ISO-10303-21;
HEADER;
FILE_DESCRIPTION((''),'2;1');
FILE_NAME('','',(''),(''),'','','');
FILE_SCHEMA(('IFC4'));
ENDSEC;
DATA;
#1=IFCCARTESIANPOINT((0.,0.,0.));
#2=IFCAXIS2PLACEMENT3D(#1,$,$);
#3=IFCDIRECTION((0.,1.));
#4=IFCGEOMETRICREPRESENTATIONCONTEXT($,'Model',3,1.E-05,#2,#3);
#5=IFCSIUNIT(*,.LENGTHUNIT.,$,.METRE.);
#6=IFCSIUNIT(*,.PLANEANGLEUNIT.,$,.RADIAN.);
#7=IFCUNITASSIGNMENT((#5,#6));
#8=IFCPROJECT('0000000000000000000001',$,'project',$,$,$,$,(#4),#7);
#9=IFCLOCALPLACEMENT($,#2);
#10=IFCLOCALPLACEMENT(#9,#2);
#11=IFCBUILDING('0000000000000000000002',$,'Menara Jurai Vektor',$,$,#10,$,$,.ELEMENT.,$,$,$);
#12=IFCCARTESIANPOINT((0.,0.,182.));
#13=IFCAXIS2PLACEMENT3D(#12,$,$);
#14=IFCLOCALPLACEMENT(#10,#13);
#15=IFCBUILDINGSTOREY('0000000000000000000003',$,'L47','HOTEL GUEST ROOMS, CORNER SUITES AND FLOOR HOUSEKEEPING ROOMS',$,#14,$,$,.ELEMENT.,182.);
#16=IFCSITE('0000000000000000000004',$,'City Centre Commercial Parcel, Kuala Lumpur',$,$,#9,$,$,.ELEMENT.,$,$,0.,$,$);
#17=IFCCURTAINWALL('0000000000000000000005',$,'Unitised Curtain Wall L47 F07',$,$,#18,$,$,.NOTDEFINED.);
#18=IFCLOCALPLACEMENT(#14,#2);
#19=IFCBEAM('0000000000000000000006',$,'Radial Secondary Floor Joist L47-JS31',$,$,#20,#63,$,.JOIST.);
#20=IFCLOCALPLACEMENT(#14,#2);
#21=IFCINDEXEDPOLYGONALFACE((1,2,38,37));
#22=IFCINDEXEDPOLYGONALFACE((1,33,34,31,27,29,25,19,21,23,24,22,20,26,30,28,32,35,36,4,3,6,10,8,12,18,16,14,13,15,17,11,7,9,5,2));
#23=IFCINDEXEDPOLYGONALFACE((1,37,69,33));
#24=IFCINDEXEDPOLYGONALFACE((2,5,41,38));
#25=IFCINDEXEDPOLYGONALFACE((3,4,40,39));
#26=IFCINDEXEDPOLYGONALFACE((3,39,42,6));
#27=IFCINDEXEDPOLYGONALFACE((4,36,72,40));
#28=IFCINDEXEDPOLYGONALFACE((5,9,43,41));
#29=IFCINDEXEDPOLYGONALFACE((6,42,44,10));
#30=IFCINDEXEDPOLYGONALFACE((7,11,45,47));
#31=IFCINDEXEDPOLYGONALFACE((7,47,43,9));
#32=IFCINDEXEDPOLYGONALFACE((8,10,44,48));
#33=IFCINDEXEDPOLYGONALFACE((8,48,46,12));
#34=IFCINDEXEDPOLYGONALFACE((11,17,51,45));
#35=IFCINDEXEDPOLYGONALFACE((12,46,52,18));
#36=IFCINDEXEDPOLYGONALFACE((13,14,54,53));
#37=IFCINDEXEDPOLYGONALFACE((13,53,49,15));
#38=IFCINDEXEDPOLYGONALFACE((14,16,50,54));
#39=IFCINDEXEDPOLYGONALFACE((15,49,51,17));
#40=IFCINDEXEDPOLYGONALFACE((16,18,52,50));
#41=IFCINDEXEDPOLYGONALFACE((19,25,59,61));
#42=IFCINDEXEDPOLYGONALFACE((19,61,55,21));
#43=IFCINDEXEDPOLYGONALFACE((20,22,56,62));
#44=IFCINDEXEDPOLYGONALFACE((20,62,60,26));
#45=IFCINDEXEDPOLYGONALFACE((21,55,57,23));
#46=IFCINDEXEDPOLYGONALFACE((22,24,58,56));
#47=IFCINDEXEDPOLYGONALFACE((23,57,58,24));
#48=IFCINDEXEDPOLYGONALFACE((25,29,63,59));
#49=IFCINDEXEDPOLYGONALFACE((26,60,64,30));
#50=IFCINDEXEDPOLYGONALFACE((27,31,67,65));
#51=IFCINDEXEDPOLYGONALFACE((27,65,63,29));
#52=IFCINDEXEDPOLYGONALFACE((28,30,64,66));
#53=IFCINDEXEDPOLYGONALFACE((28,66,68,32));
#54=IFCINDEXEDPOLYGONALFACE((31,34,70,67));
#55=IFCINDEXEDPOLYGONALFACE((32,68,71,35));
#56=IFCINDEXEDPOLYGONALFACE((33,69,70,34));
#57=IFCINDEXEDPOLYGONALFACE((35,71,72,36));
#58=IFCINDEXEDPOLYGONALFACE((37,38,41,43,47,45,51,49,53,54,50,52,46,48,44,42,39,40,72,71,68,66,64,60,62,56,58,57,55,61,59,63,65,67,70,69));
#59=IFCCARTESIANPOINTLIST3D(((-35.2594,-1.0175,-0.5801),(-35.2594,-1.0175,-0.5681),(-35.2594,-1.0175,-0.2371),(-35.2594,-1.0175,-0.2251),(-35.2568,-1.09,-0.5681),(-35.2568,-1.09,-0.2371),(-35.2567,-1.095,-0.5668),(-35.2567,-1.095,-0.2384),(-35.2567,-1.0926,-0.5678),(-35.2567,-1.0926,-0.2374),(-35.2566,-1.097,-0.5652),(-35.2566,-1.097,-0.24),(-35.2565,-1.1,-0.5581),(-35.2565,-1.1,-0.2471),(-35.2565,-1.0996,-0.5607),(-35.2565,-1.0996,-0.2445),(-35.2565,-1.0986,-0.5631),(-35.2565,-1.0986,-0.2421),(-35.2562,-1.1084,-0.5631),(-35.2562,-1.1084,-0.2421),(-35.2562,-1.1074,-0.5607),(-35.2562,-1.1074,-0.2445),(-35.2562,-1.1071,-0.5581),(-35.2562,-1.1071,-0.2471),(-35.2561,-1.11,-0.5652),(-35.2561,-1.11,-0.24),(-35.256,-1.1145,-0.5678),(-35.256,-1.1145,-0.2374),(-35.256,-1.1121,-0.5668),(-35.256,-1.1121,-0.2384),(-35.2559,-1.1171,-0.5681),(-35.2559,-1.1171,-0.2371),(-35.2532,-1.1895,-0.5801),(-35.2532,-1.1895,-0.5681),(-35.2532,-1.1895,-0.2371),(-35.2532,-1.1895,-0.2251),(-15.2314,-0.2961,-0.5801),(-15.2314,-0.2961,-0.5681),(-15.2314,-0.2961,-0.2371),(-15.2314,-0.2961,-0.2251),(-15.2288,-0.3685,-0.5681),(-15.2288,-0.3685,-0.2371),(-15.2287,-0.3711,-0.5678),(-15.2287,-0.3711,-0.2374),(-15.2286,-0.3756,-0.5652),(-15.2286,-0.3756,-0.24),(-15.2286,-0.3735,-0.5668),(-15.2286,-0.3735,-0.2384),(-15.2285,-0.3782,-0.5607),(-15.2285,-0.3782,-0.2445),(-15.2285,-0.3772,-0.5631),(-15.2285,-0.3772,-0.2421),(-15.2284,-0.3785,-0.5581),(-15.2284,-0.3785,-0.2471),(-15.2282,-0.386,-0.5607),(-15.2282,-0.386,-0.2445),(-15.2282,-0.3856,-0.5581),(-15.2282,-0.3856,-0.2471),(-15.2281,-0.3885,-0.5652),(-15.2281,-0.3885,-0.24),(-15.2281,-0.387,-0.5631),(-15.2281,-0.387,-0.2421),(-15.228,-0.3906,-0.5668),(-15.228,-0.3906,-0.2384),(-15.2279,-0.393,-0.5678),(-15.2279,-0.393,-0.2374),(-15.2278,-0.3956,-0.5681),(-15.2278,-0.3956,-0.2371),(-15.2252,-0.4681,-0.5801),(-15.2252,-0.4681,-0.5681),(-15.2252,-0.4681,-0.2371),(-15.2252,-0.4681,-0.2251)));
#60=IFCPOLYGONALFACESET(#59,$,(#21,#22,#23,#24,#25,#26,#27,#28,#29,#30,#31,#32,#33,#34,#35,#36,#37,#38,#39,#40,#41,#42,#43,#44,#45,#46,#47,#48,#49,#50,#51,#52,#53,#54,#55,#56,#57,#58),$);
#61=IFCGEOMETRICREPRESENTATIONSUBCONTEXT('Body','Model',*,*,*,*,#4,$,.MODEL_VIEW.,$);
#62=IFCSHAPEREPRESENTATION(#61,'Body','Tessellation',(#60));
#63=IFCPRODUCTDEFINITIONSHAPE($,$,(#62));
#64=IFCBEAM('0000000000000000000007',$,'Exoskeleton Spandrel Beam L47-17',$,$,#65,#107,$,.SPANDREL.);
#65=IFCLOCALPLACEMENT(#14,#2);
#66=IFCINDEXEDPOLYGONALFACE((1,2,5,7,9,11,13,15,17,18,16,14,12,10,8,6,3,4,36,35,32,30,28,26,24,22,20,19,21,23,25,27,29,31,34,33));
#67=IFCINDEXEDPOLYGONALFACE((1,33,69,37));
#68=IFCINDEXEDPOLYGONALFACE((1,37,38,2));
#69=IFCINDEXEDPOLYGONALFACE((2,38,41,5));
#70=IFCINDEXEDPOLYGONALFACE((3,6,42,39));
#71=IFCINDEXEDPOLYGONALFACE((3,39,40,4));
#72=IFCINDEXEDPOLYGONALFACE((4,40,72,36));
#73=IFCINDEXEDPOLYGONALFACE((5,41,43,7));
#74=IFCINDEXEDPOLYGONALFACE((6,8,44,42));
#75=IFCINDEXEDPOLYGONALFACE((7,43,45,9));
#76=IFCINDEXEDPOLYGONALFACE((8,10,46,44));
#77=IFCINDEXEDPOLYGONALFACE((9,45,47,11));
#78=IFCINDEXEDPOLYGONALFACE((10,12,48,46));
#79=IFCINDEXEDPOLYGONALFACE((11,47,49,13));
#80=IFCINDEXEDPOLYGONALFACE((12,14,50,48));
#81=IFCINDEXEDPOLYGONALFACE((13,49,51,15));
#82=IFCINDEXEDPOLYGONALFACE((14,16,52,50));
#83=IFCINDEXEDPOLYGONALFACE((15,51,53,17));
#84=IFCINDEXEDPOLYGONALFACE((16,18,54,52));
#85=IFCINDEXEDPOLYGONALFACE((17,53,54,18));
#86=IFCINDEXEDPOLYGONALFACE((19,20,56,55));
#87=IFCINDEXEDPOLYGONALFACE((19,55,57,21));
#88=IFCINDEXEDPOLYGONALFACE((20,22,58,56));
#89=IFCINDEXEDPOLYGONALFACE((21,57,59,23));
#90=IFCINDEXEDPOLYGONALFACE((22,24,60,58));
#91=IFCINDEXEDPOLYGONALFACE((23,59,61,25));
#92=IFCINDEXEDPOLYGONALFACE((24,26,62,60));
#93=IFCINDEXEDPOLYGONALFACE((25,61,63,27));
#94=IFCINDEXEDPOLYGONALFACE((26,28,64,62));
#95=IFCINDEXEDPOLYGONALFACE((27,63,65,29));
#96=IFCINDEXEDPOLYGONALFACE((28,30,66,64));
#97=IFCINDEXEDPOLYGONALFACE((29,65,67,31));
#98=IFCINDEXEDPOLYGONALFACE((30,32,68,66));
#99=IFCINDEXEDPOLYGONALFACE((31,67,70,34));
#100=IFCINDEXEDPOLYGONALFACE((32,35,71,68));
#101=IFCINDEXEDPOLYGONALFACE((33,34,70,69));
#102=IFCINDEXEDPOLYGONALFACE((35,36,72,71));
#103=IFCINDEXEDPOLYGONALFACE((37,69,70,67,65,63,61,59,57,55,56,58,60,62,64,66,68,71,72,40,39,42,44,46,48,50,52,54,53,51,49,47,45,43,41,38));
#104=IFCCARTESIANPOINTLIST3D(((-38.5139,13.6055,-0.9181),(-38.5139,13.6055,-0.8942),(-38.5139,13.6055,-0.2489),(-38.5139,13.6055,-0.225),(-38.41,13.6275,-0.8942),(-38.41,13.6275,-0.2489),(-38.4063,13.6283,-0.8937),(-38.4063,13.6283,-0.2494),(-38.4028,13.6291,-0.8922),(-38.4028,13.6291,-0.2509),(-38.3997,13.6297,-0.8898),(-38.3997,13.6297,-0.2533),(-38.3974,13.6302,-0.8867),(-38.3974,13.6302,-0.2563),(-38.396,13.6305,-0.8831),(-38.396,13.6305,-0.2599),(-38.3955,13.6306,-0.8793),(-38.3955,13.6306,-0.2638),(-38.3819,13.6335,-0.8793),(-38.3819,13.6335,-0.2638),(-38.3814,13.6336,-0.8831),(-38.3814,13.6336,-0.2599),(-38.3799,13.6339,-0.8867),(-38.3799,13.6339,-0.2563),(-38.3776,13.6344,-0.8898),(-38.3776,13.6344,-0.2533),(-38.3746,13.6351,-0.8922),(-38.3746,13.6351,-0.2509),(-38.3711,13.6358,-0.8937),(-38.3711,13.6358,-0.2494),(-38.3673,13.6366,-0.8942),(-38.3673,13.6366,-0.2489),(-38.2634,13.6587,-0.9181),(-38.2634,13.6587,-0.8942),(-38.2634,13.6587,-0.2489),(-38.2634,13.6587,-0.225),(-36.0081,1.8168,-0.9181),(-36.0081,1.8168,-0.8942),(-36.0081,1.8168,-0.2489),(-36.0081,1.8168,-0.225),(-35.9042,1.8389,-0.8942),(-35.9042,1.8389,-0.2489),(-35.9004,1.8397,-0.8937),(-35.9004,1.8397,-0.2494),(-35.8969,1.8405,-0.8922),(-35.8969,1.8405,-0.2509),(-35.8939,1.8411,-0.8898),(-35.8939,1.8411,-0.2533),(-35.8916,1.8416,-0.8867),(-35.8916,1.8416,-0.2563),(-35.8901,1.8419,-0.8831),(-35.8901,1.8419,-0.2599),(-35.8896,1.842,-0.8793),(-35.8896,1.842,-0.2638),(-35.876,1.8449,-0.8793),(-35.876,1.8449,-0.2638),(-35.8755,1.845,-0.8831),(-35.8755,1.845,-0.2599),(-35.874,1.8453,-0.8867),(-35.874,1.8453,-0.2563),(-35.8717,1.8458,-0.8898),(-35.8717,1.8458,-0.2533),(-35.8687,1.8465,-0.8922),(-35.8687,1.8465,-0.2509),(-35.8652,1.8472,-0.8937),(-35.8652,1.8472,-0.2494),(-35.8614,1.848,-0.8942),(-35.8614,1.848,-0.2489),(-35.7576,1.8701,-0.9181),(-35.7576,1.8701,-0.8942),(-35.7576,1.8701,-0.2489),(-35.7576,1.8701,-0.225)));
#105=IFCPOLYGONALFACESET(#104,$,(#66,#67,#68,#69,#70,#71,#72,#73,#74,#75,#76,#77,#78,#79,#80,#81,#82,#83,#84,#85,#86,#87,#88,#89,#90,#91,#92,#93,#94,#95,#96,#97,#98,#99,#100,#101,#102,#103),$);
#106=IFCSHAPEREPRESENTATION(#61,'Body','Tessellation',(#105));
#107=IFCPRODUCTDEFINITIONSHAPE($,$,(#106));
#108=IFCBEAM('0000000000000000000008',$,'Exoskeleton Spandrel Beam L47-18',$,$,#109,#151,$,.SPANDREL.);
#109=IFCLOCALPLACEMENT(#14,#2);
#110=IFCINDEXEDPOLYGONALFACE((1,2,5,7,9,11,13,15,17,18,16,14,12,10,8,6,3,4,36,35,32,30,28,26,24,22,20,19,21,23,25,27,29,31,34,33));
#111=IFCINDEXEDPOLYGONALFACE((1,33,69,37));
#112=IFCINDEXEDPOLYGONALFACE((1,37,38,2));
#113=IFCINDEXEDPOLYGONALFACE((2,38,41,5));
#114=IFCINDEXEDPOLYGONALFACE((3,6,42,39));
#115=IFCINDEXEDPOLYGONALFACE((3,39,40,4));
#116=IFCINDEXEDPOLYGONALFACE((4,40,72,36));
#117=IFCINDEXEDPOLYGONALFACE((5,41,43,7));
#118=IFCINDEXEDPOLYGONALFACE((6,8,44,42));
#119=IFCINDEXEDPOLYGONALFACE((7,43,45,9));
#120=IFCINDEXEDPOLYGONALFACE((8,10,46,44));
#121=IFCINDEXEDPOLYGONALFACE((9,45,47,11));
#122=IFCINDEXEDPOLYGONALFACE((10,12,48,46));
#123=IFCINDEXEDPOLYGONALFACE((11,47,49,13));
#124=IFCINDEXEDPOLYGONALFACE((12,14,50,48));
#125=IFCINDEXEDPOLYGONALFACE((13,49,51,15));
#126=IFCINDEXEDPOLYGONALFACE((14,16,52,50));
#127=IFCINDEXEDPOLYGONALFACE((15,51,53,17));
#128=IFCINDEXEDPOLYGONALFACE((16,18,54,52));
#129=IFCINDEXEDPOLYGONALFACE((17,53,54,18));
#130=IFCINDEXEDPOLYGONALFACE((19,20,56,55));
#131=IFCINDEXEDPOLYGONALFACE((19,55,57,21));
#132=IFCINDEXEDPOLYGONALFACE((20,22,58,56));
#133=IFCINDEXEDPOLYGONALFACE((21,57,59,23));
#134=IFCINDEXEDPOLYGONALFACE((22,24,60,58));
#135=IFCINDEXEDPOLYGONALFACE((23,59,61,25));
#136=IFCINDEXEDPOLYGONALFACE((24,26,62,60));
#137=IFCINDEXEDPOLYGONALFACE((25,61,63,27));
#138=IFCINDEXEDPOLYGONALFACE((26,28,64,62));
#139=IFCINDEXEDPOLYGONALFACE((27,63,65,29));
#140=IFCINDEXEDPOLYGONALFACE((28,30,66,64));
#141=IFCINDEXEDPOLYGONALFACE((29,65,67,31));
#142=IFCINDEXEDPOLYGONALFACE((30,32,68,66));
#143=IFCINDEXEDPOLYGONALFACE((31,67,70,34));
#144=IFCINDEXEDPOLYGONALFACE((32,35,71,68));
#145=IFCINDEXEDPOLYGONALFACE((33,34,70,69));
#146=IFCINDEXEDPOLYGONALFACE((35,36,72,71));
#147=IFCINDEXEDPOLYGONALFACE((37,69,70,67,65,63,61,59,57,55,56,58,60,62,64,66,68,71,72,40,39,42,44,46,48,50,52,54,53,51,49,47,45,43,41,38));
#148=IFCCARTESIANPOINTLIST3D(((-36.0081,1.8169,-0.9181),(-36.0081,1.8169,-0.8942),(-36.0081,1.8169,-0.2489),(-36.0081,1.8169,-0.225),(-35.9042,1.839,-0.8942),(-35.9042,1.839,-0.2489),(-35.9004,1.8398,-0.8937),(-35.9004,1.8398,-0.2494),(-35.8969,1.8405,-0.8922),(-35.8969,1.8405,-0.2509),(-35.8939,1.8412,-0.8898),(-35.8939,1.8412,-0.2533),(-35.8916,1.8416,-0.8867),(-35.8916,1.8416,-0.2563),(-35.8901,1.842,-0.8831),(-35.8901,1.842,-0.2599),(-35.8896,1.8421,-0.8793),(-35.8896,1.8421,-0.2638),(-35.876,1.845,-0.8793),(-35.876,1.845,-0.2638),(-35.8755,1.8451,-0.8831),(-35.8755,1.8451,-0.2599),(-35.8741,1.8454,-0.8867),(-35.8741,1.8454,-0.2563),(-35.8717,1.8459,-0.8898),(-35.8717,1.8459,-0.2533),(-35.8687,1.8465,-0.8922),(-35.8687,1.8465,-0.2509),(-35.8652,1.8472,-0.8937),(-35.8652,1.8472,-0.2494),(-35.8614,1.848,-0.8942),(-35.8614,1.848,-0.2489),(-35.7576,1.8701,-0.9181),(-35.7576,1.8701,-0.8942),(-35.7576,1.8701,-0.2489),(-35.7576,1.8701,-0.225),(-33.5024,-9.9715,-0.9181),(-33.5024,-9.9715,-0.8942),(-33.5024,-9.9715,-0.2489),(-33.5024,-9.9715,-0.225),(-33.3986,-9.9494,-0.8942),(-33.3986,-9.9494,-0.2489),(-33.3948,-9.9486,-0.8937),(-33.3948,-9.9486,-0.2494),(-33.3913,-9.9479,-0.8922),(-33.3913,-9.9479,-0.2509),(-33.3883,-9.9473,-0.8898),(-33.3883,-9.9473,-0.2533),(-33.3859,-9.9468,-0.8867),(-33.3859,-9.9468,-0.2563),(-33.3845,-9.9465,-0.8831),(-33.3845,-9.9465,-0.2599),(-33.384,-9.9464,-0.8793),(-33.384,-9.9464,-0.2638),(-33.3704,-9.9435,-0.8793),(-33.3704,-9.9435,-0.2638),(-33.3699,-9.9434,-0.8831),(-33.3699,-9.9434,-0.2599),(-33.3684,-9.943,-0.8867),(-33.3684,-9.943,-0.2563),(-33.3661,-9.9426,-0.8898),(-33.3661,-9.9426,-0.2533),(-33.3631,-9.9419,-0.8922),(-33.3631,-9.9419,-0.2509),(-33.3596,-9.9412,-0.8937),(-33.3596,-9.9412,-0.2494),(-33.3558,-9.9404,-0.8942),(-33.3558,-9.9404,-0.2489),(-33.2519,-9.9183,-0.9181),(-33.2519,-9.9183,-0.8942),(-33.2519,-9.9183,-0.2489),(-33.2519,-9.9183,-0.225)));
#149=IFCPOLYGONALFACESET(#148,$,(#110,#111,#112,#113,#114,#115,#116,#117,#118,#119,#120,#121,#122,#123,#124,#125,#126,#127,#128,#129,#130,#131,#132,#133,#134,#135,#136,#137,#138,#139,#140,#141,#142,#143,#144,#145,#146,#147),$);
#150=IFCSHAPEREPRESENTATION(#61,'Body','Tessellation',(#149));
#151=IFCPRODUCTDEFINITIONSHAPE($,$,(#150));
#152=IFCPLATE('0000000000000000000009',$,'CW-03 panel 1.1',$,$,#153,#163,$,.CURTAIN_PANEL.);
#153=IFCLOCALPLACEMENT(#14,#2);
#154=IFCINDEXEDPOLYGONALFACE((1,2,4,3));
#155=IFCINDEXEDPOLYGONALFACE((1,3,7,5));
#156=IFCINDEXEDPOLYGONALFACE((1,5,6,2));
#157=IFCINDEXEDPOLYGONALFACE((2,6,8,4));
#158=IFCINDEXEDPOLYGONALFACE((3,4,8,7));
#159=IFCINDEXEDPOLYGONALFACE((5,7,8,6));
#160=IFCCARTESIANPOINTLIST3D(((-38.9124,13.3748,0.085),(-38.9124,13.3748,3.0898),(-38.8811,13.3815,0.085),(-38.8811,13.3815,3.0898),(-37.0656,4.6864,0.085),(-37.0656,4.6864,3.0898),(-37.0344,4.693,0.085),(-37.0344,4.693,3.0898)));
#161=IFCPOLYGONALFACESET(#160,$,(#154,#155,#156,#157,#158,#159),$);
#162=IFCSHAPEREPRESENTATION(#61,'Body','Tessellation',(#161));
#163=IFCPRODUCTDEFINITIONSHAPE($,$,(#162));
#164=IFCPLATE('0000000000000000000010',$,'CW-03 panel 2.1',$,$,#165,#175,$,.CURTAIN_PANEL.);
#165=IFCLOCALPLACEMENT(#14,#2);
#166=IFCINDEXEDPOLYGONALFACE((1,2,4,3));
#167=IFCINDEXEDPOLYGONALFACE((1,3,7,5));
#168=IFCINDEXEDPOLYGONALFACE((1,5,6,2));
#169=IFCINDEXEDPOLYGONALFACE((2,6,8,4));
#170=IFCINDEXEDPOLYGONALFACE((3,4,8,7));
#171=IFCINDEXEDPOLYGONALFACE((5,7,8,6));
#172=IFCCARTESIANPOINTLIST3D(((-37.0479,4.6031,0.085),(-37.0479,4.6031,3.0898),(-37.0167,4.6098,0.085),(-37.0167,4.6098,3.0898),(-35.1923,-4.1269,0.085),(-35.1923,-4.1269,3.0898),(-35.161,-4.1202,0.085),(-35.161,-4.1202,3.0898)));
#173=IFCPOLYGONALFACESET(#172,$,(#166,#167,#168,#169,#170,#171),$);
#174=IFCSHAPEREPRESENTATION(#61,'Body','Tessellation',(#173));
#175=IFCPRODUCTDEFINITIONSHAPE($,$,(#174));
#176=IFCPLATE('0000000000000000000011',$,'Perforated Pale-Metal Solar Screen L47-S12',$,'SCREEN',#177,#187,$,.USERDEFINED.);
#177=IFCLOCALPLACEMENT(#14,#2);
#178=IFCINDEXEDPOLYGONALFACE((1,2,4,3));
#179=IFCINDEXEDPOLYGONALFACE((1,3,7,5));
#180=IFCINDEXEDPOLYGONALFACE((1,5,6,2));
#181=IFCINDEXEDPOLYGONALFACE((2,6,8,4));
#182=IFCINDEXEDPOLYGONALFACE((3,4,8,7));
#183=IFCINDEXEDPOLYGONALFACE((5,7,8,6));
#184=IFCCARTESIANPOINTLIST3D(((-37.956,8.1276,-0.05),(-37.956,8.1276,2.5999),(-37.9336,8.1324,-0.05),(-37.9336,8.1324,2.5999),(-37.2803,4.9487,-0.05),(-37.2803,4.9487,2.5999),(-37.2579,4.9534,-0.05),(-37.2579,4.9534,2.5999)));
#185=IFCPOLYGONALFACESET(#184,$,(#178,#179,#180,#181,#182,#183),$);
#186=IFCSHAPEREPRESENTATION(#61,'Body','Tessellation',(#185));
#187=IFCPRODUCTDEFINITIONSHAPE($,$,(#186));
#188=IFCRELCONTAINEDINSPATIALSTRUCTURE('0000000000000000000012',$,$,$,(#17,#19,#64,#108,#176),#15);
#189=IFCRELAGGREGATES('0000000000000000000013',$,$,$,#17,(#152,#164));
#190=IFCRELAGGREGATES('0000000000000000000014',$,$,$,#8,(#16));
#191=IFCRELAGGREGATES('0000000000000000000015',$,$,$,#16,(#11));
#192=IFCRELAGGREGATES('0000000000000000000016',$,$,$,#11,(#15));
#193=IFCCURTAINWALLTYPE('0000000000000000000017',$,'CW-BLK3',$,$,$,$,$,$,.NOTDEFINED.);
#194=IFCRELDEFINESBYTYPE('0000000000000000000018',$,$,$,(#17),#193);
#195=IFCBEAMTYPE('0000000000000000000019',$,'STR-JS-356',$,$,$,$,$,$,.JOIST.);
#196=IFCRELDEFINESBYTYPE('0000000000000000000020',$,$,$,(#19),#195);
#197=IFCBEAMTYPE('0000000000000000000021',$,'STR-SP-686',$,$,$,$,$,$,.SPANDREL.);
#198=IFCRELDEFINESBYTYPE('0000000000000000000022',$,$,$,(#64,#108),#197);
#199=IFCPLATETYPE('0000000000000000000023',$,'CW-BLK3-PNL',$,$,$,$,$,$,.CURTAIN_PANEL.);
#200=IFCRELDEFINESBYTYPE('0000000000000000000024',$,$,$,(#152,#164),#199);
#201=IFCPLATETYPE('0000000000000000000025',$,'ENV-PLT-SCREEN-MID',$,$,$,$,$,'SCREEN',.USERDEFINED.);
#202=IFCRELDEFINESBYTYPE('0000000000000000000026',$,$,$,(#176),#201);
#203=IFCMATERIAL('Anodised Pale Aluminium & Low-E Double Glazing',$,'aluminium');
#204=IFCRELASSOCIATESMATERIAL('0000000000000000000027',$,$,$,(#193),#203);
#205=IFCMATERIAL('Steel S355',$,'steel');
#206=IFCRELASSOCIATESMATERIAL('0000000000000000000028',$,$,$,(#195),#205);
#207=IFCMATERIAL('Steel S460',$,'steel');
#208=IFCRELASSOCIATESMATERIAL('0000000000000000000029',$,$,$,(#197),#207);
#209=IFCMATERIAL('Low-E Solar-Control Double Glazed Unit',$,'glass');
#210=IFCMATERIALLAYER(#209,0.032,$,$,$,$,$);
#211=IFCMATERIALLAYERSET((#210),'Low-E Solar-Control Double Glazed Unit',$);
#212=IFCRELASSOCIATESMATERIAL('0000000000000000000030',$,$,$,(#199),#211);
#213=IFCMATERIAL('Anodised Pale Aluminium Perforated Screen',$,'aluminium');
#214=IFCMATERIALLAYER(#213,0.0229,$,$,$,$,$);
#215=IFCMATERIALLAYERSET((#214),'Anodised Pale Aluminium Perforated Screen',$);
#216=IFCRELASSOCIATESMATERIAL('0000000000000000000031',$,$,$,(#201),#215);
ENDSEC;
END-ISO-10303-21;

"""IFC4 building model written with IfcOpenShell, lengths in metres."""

from ifc_helpers import new_model, si_unit, direction, frame, origin, origin_2d, place, context, subcontext, project, spatial, rectangle, i_section, extrude, material, layer, layer_set, material_profile, profile_set, type_object, element, aggregate, save


model = new_model("IFC4")

# Units and contexts
model_context = context("Model", 3, precision=1e-05, world=origin(), true_north=direction((0.0, 1.0)))
body_context = subcontext(model_context, "Body", "Model", "MODEL_VIEW")
ifc_project = project(units=[si_unit("LENGTHUNIT", "METRE"), si_unit("PLANEANGLEUNIT", "RADIAN")], contexts=[model_context])

# Site, building, storey
site_placement = place(None, origin())
site = spatial("IfcSite", under=ifc_project, at=site_placement, Name="City Centre Commercial Parcel, Kuala Lumpur", CompositionType="ELEMENT", RefElevation=0.0)
building_placement = place(site_placement, origin())
building = spatial("IfcBuilding", under=site, at=building_placement, Name="Menara Jurai Vektor", CompositionType="ELEMENT")
storey_placement = place(building_placement, frame((0.0, 0.0, 182.0)))
storey = spatial("IfcBuildingStorey", under=building, at=storey_placement, Name="L47", Description="HOTEL GUEST ROOMS, CORNER SUITES AND FLOOR HOUSEKEEPING ROOMS", CompositionType="ELEMENT", Elevation=182.0)

# Shared definitions
ifc_material_1 = material(Name="Steel S460", Category="steel")

# Curtain wall
ifc_material_2 = material(Name="Anodised Pale Aluminium & Low-E Double Glazing", Category="aluminium")
curtain_wall_type = type_object("IfcCurtainWallType", Name="CW-BLK3", PredefinedType="NOTDEFINED", material=ifc_material_2)
curtain_wall_placement = place(storey_placement, origin())
curtain_wall = element("IfcCurtainWall", 1, at=curtain_wall_placement, inside=storey, type_object=curtain_wall_type, Name="Unitised Curtain Wall L47 F07", PredefinedType="NOTDEFINED")

# Beams
ifc_material_3 = material(Name="Steel S355", Category="steel")
ifc_material_profile_1 = material_profile(ifc_material_3, i_section(OverallWidth=0.1721, OverallDepth=0.355, WebThickness=0.0071, FlangeThickness=0.012, FilletRadius=0.01, at=origin_2d()), Name="UKB 356x171x51")
ifc_profile_set_1 = profile_set([ifc_material_profile_1], Name="Steel S355")
beam_type_1 = type_object("IfcBeamType", Name="STR-JS-356", PredefinedType="JOIST", material=ifc_profile_set_1)
beam_1_placement = place(storey_placement, frame((-35.2563, -1.1035, -0.4026), z_axis=(0.999352, 0.035998, 0.0), x_axis=(-0.035998, 0.999352, 0.0)))
element("IfcBeam", 2, at=beam_1_placement, inside=storey, type_object=beam_type_1, Name="Radial Secondary Floor Joist L47-JS31", PredefinedType="JOIST", context=body_context, shape_type="SweptSolid", body=[
    extrude(i_section(OverallWidth=0.1721, OverallDepth=0.355, WebThickness=0.0071, FlangeThickness=0.012, FilletRadius=0.01, at=origin_2d()), origin(), (0.0, 0.0, 1.0), 20.041),
])
ifc_material_profile_2 = material_profile(ifc_material_1, i_section(OverallWidth=0.2561, OverallDepth=0.6931, WebThickness=0.0139, FlangeThickness=0.0239, FilletRadius=0.0149, at=origin_2d()), Name="UKB 686x254x170")
ifc_profile_set_2 = profile_set([ifc_material_profile_2], Name="Steel S460")
beam_type_2 = type_object("IfcBeamType", Name="STR-SP-686", PredefinedType="SPANDREL", material=ifc_profile_set_2)
beam_2_placement = place(storey_placement, frame((-38.3887, 13.6321, -0.5715), z_axis=(0.207921, -0.978146, 0.0), x_axis=(0.978146, 0.207921, 0.0)))
element("IfcBeam", 3, at=beam_2_placement, inside=storey, type_object=beam_type_2, Name="Exoskeleton Spandrel Beam L47-17", PredefinedType="SPANDREL", context=body_context, shape_type="SweptSolid", body=[
    extrude(i_section(OverallWidth=0.2561, OverallDepth=0.6931, WebThickness=0.0139, FlangeThickness=0.0239, FilletRadius=0.0149, at=origin_2d()), origin(), (0.0, 0.0, 1.0), 12.052),
])
beam_3_placement = place(storey_placement, frame((-35.8828, 1.8435, -0.5715), z_axis=(0.207906, -0.978149, 0.0), x_axis=(0.978149, 0.207906, 0.0)))
element("IfcBeam", 4, at=beam_3_placement, inside=storey, type_object=beam_type_2, Name="Exoskeleton Spandrel Beam L47-18", PredefinedType="SPANDREL", context=body_context, shape_type="SweptSolid", body=[
    extrude(i_section(OverallWidth=0.2561, OverallDepth=0.6931, WebThickness=0.0139, FlangeThickness=0.0239, FilletRadius=0.0149, at=origin_2d()), origin(), (0.0, 0.0, 1.0), 12.0518),
])

# Plates
ifc_material_4 = material(Name="Low-E Solar-Control Double Glazed Unit", Category="glass")
ifc_layer_1 = layer(ifc_material_4, 0.032)
ifc_layer_set_1 = layer_set([ifc_layer_1], Name="Low-E Solar-Control Double Glazed Unit")
plate_type_1 = type_object("IfcPlateType", Name="CW-BLK3-PNL", PredefinedType="CURTAIN_PANEL", material=ifc_layer_set_1)
plate_1_placement = place(storey_placement, frame((-37.9734, 9.0339, 0.085), z_axis=(0.0, 0.0, 1.0), x_axis=(0.20791, -0.978148, 0.0)))
plate_1 = element("IfcPlate", 5, at=plate_1_placement, type_object=plate_type_1, Name="CW-03 panel 1.1", PredefinedType="CURTAIN_PANEL", context=body_context, shape_type="SweptSolid", body=[
    extrude(rectangle(XDim=8.8826, YDim=0.032, at=origin_2d()), origin(), (0.0, 0.0, 1.0), 3.0049),
])
plate_2_placement = place(storey_placement, frame((-36.1045, 0.2415, 0.085), z_axis=(0.0, 0.0, 1.0), x_axis=(0.20791, -0.978148, 0.0)))
plate_2 = element("IfcPlate", 6, at=plate_2_placement, type_object=plate_type_1, Name="CW-03 panel 2.1", PredefinedType="CURTAIN_PANEL", context=body_context, shape_type="SweptSolid", body=[
    extrude(rectangle(XDim=8.925, YDim=0.032, at=origin_2d()), origin(), (0.0, 0.0, 1.0), 3.0049),
])
aggregate(curtain_wall, [plate_1, plate_2])
ifc_material_5 = material(Name="Anodised Pale Aluminium Perforated Screen", Category="aluminium")
ifc_layer_2 = layer(ifc_material_5, 0.0229)
ifc_layer_set_2 = layer_set([ifc_layer_2], Name="Anodised Pale Aluminium Perforated Screen")
plate_type_2 = type_object("IfcPlateType", Name="ENV-PLT-SCREEN-MID", ElementType="SCREEN", PredefinedType="USERDEFINED", material=ifc_layer_set_2)
plate_3_placement = place(storey_placement, frame((-37.6069, 6.5405, -0.05), z_axis=(0.0, 0.0, 1.0), x_axis=(0.207912, -0.978148, 0.0)))
element("IfcPlate", 7, at=plate_3_placement, inside=storey, type_object=plate_type_2, Name="Perforated Pale-Metal Solar Screen L47-S12", ObjectType="SCREEN", PredefinedType="USERDEFINED", context=body_context, shape_type="SweptSolid", body=[
    extrude(rectangle(XDim=3.25, YDim=0.0229, at=origin_2d()), origin(), (0.0, 0.0, 1.0), 2.6499),
])

save(model, "model.ifc")
